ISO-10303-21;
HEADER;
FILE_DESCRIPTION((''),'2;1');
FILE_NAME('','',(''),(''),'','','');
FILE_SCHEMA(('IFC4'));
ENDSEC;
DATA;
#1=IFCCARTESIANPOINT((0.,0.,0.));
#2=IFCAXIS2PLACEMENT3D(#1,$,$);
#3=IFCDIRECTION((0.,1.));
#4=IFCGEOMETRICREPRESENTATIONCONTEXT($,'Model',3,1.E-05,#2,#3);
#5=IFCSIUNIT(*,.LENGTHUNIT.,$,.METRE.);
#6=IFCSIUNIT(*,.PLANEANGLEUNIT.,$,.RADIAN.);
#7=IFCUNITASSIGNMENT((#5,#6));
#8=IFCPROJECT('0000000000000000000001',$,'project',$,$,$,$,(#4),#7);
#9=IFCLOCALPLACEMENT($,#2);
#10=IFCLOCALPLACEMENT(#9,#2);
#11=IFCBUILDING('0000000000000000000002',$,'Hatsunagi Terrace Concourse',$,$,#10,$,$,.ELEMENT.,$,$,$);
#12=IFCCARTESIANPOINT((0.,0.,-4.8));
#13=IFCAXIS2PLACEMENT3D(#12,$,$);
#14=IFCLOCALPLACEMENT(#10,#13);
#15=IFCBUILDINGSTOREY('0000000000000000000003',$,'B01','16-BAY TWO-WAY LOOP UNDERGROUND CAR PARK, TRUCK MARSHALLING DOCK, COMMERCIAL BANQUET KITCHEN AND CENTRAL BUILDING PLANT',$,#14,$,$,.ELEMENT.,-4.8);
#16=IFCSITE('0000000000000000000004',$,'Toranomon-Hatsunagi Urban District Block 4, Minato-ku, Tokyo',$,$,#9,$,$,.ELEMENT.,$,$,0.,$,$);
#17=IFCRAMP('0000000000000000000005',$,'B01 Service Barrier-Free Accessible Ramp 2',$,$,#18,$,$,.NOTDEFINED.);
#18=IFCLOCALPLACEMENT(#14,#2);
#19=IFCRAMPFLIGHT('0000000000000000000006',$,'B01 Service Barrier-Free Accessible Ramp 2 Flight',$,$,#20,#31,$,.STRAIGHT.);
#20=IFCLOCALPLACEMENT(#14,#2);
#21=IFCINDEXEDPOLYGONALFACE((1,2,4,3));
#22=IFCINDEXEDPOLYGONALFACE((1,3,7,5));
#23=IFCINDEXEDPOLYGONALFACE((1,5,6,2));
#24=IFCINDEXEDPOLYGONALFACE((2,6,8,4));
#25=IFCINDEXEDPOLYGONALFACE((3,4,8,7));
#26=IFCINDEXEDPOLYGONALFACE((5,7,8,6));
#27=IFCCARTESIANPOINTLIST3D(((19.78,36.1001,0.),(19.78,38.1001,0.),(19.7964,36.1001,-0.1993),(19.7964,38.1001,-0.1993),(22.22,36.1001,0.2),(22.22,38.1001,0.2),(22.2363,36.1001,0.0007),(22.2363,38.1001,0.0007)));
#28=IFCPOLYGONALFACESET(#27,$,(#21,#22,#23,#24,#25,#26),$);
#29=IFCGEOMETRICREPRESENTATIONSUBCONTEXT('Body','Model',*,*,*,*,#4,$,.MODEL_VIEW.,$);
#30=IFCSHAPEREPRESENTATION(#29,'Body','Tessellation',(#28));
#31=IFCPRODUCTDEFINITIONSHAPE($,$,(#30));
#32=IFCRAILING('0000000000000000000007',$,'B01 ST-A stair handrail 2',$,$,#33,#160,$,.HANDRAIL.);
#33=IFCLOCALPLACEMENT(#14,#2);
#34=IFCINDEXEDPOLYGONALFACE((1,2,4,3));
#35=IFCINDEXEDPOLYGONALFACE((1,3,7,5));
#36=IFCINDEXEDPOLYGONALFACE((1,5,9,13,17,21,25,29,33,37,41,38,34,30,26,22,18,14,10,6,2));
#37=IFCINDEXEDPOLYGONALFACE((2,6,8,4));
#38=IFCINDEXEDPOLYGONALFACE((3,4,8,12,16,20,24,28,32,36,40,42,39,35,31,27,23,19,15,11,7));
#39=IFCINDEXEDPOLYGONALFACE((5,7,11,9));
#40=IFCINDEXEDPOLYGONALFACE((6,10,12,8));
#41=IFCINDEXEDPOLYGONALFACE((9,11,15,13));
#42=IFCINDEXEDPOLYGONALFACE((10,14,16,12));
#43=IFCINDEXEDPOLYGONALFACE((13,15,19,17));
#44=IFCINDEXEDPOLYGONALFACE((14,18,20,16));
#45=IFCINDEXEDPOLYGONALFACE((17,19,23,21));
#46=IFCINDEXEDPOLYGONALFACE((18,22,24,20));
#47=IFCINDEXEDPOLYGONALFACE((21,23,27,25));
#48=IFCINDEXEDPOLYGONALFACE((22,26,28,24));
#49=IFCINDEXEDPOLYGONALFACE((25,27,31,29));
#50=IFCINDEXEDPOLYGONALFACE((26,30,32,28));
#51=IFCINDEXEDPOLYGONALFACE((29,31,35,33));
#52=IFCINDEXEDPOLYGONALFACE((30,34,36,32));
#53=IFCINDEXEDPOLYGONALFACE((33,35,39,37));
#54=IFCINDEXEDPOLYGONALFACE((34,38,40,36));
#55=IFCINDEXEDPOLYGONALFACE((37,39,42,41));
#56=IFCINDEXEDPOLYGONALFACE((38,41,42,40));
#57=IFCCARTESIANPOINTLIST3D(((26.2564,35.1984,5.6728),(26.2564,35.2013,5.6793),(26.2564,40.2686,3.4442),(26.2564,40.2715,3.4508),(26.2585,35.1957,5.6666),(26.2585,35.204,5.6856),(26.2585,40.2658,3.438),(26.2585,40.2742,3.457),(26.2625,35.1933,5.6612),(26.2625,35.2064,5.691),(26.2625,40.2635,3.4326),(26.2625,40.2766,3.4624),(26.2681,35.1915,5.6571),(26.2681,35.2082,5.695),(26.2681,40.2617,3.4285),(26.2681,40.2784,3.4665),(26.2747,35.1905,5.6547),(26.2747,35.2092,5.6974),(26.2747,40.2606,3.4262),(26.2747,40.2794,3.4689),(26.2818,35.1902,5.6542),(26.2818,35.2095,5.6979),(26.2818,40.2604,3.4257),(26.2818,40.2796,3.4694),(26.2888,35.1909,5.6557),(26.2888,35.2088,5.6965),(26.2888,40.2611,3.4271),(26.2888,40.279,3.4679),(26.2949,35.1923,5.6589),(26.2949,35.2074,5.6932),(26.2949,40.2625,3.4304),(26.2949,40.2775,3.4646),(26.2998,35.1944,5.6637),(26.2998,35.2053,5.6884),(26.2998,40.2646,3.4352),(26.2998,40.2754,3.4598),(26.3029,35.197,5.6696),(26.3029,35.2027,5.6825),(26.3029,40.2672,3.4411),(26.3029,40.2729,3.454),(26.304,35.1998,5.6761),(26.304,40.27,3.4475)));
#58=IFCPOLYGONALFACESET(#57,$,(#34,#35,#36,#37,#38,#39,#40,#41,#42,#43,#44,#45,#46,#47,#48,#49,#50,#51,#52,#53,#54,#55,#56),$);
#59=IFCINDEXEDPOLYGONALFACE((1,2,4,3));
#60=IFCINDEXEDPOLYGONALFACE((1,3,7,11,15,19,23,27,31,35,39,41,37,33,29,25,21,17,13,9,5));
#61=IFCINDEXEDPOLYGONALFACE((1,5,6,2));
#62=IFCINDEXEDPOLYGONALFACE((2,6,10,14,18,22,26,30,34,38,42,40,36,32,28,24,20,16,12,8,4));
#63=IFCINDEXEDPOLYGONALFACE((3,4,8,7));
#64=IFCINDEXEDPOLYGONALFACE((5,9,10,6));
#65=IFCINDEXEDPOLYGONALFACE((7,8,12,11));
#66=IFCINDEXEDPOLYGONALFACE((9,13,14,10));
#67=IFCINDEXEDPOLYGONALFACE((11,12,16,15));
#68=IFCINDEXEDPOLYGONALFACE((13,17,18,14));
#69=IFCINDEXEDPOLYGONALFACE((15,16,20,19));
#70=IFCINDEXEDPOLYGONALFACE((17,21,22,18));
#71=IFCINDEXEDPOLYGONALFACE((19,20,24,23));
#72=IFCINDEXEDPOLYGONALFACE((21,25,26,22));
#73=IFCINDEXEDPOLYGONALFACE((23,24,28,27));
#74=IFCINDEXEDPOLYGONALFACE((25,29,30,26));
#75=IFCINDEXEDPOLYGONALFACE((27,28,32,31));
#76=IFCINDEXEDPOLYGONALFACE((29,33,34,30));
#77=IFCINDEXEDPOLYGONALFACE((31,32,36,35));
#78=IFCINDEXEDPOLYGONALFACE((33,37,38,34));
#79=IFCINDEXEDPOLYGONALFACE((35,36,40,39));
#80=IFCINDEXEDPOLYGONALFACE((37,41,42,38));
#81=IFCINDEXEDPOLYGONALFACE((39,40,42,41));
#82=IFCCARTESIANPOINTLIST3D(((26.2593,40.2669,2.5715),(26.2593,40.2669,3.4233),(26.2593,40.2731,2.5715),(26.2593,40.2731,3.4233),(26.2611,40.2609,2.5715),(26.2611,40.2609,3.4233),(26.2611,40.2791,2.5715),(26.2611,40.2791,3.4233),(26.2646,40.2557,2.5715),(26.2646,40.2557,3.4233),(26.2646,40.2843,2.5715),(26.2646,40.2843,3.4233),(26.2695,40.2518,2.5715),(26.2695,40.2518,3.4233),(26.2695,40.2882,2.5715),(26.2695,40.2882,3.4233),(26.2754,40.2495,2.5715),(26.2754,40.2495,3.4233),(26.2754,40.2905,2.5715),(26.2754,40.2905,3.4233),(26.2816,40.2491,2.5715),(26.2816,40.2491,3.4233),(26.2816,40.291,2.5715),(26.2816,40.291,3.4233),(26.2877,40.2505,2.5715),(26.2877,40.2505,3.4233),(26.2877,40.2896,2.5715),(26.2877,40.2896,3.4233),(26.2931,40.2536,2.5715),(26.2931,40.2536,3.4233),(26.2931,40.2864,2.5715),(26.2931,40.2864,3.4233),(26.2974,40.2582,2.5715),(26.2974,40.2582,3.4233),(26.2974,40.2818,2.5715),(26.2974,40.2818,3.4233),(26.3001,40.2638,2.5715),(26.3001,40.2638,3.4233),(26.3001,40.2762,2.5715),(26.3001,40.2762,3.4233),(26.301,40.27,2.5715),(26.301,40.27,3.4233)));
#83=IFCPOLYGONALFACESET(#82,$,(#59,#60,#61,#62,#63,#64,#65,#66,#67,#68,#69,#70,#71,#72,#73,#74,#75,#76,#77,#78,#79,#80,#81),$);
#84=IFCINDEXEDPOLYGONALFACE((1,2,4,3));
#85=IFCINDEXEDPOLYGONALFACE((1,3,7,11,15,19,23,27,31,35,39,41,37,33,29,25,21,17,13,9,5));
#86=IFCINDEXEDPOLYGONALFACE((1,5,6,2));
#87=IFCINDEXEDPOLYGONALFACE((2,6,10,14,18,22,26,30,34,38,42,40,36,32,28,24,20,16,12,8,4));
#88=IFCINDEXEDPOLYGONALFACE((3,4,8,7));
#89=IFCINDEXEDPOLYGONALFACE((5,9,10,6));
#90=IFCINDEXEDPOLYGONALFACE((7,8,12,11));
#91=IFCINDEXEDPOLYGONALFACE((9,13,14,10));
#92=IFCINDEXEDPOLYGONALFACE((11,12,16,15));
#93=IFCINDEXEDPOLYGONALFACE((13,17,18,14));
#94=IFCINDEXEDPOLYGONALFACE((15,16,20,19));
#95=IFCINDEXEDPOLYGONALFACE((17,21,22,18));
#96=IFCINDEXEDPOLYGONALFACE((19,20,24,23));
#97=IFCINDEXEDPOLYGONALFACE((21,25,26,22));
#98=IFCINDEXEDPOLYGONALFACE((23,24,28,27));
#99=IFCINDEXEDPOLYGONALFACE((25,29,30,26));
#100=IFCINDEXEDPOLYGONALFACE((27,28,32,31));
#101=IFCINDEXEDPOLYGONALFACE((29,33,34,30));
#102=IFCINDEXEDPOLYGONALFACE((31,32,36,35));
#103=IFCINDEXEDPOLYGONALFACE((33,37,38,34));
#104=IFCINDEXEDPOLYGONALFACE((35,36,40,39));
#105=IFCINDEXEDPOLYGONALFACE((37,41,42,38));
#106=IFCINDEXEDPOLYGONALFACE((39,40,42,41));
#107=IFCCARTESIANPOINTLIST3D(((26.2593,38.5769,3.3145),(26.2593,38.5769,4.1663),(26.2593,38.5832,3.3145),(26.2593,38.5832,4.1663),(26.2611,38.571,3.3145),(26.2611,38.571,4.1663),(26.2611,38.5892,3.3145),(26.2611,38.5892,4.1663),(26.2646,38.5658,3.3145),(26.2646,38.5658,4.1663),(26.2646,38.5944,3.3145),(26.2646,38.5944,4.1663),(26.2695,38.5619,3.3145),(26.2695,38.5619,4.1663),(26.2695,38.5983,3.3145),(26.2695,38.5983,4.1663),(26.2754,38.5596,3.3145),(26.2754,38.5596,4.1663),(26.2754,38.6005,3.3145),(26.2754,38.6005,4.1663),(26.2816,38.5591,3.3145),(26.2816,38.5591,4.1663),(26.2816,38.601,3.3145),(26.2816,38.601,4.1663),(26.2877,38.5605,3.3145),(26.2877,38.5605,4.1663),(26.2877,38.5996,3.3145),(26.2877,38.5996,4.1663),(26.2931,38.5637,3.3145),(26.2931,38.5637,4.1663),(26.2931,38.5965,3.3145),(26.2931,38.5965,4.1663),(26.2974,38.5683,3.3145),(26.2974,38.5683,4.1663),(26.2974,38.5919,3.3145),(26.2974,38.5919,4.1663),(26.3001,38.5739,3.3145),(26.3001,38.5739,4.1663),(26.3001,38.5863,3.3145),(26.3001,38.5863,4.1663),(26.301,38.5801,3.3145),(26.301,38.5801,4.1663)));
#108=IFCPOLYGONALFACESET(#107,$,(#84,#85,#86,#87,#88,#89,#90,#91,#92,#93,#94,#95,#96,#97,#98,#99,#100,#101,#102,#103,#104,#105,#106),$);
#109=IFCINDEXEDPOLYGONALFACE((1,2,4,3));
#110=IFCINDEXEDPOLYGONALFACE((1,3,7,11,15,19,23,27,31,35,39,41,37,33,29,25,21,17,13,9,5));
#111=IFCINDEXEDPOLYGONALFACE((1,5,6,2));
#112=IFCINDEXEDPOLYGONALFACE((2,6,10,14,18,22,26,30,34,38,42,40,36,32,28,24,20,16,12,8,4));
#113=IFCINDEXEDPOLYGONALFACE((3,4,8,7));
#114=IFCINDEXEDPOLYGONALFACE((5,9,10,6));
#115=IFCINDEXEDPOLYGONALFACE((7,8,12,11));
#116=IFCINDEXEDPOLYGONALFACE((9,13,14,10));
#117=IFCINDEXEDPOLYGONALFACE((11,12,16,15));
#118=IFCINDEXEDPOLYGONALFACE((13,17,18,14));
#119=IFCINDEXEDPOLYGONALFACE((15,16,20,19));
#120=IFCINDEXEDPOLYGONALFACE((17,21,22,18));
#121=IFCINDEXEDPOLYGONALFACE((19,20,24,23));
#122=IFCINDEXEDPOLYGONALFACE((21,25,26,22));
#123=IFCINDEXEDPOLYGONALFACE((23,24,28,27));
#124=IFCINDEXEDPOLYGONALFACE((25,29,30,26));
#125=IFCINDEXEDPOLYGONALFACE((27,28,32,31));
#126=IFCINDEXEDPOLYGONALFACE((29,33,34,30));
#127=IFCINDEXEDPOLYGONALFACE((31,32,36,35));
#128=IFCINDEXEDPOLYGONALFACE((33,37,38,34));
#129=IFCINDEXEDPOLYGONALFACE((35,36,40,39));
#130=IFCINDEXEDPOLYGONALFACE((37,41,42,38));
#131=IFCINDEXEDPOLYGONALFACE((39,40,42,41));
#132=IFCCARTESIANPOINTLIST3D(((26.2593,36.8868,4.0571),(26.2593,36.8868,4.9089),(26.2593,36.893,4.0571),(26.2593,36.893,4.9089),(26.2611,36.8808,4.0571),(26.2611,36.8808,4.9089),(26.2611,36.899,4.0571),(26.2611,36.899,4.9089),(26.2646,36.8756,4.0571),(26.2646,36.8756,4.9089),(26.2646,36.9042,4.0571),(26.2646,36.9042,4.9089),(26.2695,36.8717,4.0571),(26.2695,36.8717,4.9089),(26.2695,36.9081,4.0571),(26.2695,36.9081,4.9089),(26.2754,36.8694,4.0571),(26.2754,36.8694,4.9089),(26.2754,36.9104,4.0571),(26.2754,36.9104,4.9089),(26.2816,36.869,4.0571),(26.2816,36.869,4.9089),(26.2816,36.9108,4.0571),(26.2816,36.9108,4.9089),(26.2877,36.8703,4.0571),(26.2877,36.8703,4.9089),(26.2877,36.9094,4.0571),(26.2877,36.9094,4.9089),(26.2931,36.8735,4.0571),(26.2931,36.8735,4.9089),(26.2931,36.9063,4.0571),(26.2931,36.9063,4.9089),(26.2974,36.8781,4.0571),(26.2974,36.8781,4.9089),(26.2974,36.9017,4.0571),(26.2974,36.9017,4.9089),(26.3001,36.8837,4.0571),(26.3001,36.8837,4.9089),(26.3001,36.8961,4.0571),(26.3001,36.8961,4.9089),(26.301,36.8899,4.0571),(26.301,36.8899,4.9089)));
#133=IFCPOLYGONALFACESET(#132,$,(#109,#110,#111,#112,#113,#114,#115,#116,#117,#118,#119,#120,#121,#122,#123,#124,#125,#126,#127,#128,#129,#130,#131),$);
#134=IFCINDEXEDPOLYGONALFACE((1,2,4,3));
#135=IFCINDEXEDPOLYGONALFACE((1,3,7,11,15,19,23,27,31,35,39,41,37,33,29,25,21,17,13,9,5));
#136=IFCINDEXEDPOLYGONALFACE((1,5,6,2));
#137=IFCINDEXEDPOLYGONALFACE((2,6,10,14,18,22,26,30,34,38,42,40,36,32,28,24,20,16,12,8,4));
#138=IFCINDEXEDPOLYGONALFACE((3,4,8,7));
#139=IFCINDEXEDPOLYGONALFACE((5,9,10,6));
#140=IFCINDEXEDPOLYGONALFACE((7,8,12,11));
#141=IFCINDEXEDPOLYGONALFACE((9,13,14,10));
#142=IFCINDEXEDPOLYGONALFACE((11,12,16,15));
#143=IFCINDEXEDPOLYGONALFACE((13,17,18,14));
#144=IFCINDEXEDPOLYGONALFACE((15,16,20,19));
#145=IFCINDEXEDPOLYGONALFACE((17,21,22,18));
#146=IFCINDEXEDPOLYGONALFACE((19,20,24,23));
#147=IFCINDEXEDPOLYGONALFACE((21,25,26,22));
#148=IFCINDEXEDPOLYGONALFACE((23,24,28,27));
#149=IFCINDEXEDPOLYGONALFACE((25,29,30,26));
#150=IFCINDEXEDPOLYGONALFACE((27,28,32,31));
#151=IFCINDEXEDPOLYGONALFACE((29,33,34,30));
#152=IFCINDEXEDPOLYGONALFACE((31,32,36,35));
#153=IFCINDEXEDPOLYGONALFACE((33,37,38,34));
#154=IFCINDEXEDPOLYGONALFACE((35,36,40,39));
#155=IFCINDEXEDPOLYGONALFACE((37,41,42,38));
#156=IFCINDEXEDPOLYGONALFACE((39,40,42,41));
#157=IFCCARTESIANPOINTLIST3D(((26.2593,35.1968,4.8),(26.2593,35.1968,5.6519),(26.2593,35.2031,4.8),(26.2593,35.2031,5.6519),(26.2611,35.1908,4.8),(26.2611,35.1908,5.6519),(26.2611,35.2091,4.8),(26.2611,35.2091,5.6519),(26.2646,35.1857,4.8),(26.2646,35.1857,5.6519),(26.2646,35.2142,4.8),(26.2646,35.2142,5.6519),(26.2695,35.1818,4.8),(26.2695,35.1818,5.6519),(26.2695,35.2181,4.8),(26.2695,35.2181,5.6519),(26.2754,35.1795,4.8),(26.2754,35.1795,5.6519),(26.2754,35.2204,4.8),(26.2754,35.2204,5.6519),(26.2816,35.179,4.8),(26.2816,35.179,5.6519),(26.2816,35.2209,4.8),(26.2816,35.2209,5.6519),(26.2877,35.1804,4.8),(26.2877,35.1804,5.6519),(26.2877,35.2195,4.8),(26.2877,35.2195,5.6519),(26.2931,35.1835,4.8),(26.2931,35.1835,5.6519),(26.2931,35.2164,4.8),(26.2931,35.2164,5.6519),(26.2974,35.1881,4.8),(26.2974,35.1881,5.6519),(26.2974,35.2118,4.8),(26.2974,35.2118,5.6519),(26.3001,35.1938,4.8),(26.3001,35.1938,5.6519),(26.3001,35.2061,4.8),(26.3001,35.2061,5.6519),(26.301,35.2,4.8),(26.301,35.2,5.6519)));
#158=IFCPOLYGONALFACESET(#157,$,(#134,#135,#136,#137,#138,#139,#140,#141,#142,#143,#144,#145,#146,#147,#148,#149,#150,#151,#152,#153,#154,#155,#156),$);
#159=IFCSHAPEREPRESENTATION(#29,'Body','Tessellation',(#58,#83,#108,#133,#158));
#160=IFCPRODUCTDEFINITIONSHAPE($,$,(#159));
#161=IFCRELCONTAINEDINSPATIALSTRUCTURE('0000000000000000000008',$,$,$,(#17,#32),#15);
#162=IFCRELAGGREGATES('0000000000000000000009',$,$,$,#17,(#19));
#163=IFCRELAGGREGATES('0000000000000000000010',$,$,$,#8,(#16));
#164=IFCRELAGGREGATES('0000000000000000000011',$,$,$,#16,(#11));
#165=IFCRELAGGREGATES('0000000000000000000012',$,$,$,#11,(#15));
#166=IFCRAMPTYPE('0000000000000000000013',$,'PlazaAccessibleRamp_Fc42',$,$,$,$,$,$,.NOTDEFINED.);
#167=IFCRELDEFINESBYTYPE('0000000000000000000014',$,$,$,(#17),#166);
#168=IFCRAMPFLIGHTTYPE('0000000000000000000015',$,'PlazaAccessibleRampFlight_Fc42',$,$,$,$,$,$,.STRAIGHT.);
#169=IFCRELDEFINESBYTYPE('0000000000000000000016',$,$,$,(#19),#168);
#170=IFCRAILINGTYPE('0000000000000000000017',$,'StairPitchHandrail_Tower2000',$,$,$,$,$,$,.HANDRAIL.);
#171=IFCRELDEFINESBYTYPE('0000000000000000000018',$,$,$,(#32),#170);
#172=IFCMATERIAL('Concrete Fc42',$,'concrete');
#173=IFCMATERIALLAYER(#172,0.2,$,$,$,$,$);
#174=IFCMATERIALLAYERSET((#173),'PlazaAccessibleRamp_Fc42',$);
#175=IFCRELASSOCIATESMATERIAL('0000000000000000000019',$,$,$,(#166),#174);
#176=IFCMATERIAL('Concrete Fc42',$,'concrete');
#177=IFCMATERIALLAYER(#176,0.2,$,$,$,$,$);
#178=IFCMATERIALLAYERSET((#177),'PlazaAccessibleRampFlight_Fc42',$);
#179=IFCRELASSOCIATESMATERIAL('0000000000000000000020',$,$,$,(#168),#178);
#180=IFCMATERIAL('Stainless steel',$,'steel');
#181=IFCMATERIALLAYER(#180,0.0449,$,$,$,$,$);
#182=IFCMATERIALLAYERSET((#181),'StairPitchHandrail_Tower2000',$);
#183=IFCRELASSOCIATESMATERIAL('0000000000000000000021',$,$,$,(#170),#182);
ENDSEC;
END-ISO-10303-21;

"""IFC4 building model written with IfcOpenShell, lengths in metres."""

from ifc_helpers import new_model, si_unit, direction, frame, origin, origin_2d, place, context, subcontext, project, spatial, polyline, circle, outline, extrude, material, layer, layer_set, type_object, element, aggregate, save


model = new_model("IFC4")

# Units and contexts
model_context = context("Model", 3, precision=1e-05, world=origin(), true_north=direction((0.0, 1.0)))
body_context = subcontext(model_context, "Body", "Model", "MODEL_VIEW")
ifc_project = project(units=[si_unit("LENGTHUNIT", "METRE"), si_unit("PLANEANGLEUNIT", "RADIAN")], contexts=[model_context])

# Site, building, storey
site_placement = place(None, origin())
site = spatial("IfcSite", under=ifc_project, at=site_placement, Name="Toranomon-Hatsunagi Urban District Block 4, Minato-ku, Tokyo", CompositionType="ELEMENT", RefElevation=0.0)
building_placement = place(site_placement, origin())
building = spatial("IfcBuilding", under=site, at=building_placement, Name="Hatsunagi Terrace Concourse", CompositionType="ELEMENT")
storey_placement = place(building_placement, frame((0.0, 0.0, -4.8)))
storey = spatial("IfcBuildingStorey", under=building, at=storey_placement, Name="B01", Description="16-BAY TWO-WAY LOOP UNDERGROUND CAR PARK, TRUCK MARSHALLING DOCK, COMMERCIAL BANQUET KITCHEN AND CENTRAL BUILDING PLANT", CompositionType="ELEMENT", Elevation=-4.8)

# Ramp, ramp flight
ifc_material_1 = material(Name="Concrete Fc42", Category="concrete")
ifc_layer_1 = layer(ifc_material_1, 0.2)
ifc_layer_set_1 = layer_set([ifc_layer_1], Name="PlazaAccessibleRamp_Fc42")
ramp_type = type_object("IfcRampType", Name="PlazaAccessibleRamp_Fc42", PredefinedType="NOTDEFINED", material=ifc_layer_set_1)
ifc_material_2 = material(Name="Concrete Fc42", Category="concrete")
ifc_layer_2 = layer(ifc_material_2, 0.2)
ifc_layer_set_2 = layer_set([ifc_layer_2], Name="PlazaAccessibleRampFlight_Fc42")
ramp_flight_type = type_object("IfcRampFlightType", Name="PlazaAccessibleRampFlight_Fc42", PredefinedType="STRAIGHT", material=ifc_layer_set_2)
ramp_1_placement = place(storey_placement, origin())
ramp_1 = element("IfcRamp", 1, at=ramp_1_placement, inside=storey, type_object=ramp_type, Name="B01 Service Barrier-Free Accessible Ramp 2", PredefinedType="NOTDEFINED")
ramp_flight_1_placement = place(storey_placement, frame((19.78, 36.1001, 0.0), z_axis=(-0.081675, 0.0, 0.996659), x_axis=(0.996659, 0.0, 0.081675)))
ramp_flight_1 = element("IfcRampFlight", 2, at=ramp_flight_1_placement, type_object=ramp_flight_type, Name="B01 Service Barrier-Free Accessible Ramp 2 Flight", PredefinedType="STRAIGHT", context=body_context, shape_type="SweptSolid", body=[
    extrude(outline(polyline([(0.0, 0.0), (2.4481, 0.0), (2.4481, 2.0), (0.0, 2.0), (0.0, 0.0)])), origin(), (0.0, 0.0, -1.0), 0.2),
])
aggregate(ramp_1, [ramp_flight_1])

# Railing
ifc_material_3 = material(Name="Stainless steel", Category="steel")
ifc_layer_3 = layer(ifc_material_3, 0.0449)
ifc_layer_set_3 = layer_set([ifc_layer_3], Name="StairPitchHandrail_Tower2000")
railing_type = type_object("IfcRailingType", Name="StairPitchHandrail_Tower2000", PredefinedType="HANDRAIL", material=ifc_layer_set_3)
railing_placement = place(storey_placement, frame((26.28, 40.27, 2.5715)))
element("IfcRailing", 3, at=railing_placement, inside=storey, type_object=railing_type, Name="B01 ST-A stair handrail 2", PredefinedType="HANDRAIL", context=body_context, shape_type="SweptSolid", body=[
    extrude(circle(Radius=0.0239, at=origin_2d()), frame((0.0, 0.0, 0.876), z_axis=(0.0, -0.915469, 0.402388), x_axis=(1.0, 0.0, 0.0)), (0.0, 0.0, 1.0), 5.5383),
    extrude(circle(Radius=0.021, at=origin_2d()), origin(), (0.0, 0.0, 1.0), 0.8518),
    extrude(circle(Radius=0.021, at=origin_2d()), frame((0.0, -1.6899, 0.7429)), (0.0, 0.0, 1.0), 0.8518),
    extrude(circle(Radius=0.021, at=origin_2d()), frame((0.0, -3.3801, 1.4856)), (0.0, 0.0, 1.0), 0.8518),
    extrude(circle(Radius=0.021, at=origin_2d()), frame((0.0, -5.0701, 2.2285)), (0.0, 0.0, 1.0), 0.8518),
])

save(model, "model.ifc")
